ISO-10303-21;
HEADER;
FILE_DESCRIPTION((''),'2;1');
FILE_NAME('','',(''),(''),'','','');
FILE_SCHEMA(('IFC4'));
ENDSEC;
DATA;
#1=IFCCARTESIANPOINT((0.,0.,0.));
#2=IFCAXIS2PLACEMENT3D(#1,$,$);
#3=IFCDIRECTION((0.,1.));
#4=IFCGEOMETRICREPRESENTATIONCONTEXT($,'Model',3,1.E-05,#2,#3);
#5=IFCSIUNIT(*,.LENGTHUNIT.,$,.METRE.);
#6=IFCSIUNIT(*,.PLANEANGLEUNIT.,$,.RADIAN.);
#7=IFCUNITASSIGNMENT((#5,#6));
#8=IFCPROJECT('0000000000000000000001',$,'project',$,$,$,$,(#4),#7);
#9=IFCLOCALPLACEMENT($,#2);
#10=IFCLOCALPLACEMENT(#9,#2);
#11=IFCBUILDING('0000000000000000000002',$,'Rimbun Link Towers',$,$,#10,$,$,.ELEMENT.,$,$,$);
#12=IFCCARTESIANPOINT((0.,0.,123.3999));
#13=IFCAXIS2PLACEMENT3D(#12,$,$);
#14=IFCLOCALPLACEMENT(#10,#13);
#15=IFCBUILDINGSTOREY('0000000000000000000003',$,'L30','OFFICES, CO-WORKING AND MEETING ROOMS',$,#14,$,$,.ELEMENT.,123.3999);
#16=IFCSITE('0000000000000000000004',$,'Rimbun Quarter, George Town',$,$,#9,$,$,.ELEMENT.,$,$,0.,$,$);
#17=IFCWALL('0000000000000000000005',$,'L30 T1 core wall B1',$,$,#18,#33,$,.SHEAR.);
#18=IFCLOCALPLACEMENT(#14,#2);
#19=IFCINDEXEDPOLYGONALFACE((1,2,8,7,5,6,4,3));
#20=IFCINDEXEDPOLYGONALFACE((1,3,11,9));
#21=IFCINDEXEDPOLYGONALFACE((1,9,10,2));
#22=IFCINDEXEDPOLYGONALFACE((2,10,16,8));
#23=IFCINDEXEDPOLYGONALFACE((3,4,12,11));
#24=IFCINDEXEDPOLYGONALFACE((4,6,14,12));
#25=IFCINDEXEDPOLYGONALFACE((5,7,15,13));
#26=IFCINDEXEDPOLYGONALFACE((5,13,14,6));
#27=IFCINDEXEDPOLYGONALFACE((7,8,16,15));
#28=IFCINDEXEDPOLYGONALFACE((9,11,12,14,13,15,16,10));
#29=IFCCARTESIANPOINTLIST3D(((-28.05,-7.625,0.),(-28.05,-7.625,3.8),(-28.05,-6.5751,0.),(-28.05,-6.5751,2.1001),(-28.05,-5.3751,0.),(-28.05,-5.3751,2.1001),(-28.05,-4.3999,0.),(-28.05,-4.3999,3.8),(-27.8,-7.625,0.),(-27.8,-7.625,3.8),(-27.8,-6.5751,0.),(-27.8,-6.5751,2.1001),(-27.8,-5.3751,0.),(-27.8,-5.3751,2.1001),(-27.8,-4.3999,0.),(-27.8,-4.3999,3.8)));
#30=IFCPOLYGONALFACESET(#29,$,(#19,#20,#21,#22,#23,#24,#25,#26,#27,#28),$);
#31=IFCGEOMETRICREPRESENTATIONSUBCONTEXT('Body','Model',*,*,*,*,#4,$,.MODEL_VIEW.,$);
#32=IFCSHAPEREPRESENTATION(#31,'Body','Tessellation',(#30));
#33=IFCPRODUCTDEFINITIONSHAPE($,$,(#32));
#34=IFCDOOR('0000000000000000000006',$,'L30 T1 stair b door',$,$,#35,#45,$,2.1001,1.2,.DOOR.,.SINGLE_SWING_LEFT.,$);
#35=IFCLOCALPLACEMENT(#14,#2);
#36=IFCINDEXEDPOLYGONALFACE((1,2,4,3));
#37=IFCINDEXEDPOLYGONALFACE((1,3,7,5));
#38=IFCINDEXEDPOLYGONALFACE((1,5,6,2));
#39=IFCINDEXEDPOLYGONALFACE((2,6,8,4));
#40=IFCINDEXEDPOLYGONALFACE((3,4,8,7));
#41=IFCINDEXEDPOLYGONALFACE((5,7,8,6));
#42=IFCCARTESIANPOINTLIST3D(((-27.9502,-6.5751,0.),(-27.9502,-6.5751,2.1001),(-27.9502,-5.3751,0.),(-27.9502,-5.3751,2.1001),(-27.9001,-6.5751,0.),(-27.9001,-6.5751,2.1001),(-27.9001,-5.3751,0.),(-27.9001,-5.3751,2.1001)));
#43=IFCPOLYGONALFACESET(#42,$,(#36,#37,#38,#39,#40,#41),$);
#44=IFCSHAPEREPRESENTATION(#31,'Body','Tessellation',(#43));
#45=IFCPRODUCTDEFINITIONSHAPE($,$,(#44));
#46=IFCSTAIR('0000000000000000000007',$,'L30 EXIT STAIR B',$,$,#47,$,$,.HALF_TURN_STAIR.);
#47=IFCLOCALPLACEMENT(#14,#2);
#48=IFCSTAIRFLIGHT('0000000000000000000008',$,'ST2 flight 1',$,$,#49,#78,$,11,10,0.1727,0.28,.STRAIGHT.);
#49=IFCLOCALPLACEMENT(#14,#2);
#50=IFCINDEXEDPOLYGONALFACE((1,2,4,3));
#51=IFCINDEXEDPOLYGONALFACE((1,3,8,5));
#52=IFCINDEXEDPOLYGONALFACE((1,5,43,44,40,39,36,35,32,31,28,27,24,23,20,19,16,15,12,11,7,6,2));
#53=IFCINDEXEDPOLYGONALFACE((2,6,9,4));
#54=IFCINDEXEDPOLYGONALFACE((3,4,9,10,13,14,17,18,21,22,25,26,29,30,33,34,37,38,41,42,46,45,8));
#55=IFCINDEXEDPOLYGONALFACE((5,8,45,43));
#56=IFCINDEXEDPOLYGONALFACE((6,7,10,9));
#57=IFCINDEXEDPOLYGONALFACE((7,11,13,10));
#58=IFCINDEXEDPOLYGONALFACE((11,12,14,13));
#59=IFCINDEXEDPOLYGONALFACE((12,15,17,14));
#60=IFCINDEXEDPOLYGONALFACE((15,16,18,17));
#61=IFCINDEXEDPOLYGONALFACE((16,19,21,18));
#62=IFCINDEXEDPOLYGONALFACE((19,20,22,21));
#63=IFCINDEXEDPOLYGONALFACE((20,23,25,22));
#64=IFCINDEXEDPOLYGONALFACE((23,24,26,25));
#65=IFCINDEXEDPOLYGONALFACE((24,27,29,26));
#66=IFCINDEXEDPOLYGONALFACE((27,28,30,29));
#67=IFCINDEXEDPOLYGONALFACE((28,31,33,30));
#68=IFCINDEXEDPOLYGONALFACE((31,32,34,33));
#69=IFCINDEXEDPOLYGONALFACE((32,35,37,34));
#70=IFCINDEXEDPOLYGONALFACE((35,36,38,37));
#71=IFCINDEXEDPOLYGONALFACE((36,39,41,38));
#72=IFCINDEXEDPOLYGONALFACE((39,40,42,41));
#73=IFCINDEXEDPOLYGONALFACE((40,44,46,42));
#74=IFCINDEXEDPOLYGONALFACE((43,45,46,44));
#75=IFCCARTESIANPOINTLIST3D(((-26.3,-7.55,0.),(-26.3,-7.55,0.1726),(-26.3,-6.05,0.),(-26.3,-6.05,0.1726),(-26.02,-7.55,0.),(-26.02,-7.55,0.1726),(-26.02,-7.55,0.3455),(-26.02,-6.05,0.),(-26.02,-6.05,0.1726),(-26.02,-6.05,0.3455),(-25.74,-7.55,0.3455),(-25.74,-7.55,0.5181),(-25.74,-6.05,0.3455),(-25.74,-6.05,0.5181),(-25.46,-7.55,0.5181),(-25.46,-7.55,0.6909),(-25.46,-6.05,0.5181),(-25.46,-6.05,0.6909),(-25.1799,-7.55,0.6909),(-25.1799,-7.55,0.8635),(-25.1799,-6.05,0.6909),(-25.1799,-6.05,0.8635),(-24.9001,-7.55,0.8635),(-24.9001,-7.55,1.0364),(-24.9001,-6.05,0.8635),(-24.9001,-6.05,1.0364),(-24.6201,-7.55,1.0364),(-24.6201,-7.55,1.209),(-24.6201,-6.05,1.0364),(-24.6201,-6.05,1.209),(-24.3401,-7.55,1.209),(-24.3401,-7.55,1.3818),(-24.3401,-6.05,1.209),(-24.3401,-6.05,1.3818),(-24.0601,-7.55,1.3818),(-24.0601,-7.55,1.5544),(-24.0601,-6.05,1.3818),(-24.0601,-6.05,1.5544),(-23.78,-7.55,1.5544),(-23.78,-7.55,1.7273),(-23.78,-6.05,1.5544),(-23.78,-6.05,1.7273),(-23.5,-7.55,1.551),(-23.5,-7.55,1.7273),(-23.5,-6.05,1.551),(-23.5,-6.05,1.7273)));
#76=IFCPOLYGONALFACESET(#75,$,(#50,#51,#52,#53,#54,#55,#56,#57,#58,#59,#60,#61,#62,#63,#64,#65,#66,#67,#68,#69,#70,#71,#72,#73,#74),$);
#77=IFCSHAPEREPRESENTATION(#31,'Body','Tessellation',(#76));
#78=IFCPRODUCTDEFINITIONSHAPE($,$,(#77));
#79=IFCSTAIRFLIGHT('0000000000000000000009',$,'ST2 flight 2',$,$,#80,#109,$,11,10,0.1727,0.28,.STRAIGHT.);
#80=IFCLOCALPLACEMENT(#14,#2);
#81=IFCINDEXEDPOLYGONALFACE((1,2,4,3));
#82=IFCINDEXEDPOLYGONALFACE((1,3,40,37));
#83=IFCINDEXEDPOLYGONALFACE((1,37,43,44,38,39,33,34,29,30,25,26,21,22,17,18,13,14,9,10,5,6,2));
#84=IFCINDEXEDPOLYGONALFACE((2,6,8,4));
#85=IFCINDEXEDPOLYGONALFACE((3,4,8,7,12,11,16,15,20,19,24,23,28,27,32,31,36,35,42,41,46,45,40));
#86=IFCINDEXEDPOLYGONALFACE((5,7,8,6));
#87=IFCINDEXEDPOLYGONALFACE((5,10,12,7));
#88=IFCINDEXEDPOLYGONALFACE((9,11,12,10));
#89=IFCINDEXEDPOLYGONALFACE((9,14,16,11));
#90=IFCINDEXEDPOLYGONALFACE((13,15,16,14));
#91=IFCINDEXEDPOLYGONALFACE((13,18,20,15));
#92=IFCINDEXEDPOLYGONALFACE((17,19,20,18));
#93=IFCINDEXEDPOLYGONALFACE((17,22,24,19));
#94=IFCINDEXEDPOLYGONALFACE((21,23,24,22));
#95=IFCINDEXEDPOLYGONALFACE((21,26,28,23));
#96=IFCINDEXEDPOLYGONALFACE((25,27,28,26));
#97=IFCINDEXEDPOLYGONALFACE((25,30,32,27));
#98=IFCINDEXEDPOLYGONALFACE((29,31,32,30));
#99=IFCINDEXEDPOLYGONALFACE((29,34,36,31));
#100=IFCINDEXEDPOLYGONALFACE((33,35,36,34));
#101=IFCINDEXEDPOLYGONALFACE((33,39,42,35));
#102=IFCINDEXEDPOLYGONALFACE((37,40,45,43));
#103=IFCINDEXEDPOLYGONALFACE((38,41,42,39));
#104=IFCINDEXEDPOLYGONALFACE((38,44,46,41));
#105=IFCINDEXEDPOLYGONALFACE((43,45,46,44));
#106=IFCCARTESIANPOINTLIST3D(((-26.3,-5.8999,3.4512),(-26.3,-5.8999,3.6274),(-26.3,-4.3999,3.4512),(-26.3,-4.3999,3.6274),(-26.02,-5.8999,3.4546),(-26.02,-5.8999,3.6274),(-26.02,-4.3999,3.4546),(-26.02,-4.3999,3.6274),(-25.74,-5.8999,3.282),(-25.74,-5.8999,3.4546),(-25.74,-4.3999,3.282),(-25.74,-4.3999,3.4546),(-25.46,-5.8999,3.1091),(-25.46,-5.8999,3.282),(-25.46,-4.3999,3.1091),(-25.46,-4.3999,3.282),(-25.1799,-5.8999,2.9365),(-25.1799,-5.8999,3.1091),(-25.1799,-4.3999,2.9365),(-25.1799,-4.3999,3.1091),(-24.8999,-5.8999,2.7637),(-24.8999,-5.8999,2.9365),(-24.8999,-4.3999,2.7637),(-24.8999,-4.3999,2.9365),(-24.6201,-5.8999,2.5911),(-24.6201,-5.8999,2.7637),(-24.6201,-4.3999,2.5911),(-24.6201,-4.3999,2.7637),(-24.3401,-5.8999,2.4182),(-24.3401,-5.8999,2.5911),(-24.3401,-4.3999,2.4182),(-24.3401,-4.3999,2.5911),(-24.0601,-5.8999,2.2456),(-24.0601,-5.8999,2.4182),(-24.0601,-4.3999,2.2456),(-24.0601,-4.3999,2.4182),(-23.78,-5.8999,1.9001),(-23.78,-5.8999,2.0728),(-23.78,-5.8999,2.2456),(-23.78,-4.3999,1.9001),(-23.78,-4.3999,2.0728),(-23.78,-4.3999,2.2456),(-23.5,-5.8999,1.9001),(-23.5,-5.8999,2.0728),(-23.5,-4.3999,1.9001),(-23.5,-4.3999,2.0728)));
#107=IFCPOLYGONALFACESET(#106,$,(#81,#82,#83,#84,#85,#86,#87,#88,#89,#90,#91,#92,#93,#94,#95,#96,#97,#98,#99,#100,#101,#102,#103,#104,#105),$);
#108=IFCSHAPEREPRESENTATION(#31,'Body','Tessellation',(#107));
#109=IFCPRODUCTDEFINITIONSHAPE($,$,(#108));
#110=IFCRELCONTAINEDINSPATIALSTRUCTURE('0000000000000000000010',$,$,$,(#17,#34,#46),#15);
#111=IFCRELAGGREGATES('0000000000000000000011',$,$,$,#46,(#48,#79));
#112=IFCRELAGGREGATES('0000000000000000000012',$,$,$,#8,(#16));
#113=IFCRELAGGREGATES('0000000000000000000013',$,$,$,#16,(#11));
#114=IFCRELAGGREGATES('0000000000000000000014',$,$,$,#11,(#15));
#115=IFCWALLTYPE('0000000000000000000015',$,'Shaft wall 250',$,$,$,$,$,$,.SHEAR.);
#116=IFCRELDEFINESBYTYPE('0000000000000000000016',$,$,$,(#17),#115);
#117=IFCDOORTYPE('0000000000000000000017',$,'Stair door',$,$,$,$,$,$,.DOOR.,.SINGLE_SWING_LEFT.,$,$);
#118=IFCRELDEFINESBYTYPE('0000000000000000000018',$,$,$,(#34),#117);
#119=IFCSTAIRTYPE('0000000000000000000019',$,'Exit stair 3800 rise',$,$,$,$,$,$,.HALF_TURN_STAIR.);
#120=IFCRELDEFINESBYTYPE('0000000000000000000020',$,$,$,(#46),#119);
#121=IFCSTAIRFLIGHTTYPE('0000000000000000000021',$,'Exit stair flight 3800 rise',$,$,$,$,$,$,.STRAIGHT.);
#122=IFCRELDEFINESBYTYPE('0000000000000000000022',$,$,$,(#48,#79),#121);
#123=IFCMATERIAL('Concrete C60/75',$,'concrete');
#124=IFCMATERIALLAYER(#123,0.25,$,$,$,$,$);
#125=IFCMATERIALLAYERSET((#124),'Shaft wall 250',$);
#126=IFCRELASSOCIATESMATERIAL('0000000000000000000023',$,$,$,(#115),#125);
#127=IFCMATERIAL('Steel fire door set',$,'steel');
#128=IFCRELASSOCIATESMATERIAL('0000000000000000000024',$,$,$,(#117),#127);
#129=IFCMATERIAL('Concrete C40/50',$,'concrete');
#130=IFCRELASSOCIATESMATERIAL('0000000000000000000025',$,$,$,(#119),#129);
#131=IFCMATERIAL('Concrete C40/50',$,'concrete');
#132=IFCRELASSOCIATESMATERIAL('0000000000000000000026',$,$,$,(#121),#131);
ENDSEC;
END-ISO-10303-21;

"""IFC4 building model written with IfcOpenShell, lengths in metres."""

from ifc_helpers import new_model, si_unit, direction, frame, frame_2d, origin, place, context, subcontext, project, spatial, polyline, rectangle, outline, extrude, material, layer, layer_set, type_object, element, fill, aggregate, save


model = new_model("IFC4")

# Units and contexts
model_context = context("Model", 3, precision=1e-05, world=origin(), true_north=direction((0.0, 1.0)))
body_context = subcontext(model_context, "Body", "Model", "MODEL_VIEW")
ifc_project = project(units=[si_unit("LENGTHUNIT", "METRE"), si_unit("PLANEANGLEUNIT", "RADIAN")], contexts=[model_context])

# Site, building, storey
site_placement = place(None, origin())
site = spatial("IfcSite", under=ifc_project, at=site_placement, Name="Rimbun Quarter, George Town", CompositionType="ELEMENT", RefElevation=0.0)
building_placement = place(site_placement, origin())
building = spatial("IfcBuilding", under=site, at=building_placement, Name="Rimbun Link Towers", CompositionType="ELEMENT")
storey_placement = place(building_placement, frame((0.0, 0.0, 123.3999)))
storey = spatial("IfcBuildingStorey", under=building, at=storey_placement, Name="L30", Description="OFFICES, CO-WORKING AND MEETING ROOMS", CompositionType="ELEMENT", Elevation=123.3999)

# Shared definitions
ifc_material_1 = material(Name="Concrete C60/75", Category="concrete")
ifc_layer_1 = layer(ifc_material_1, 0.25)
ifc_layer_set_1 = layer_set([ifc_layer_1], Name="Shaft wall 250")
wall_type_1 = type_object("IfcWallType", Name="Shaft wall 250", PredefinedType="SHEAR", material=ifc_layer_set_1)

# Wall, opening, door
wall_1_placement = place(storey_placement, frame((-27.925, -4.3999, 0.0), z_axis=(0.0, 0.0, 1.0), x_axis=(0.0, -1.0, 0.0)))
wall_1 = element("IfcWall", 1, at=wall_1_placement, inside=storey, type_object=wall_type_1, Name="L30 T1 core wall B1", PredefinedType="SHEAR", context=body_context, shape_type="SweptSolid", body=[
    extrude(rectangle(XDim=3.2251, YDim=0.25, at=frame_2d((1.6125, 0.0))), origin(), (0.0, 0.0, 1.0), 3.8),
])
opening_1_placement = place(wall_1_placement, frame((0.9751, 0.0, 0.0)))
opening_1 = element("IfcOpeningElement", 2, at=opening_1_placement, cuts=wall_1, PredefinedType="OPENING", context=body_context, shape_type="SweptSolid", body=[
    extrude(rectangle(XDim=1.2, YDim=2.1001, at=frame_2d((0.6001, 1.05))), frame((0.0, 0.135, 0.0), z_axis=(0.0, -1.0, 0.0), x_axis=(1.0, 0.0, 0.0)), (0.0, 0.0, 1.0), 0.27),
])
ifc_material_2 = material(Name="Steel fire door set", Category="steel")
door_type_1 = type_object("IfcDoorType", Name="Stair door", OperationType="SINGLE_SWING_LEFT", PredefinedType="DOOR", material=ifc_material_2)
door_1_placement = place(opening_1_placement, origin())
door_1 = element("IfcDoor", 3, at=door_1_placement, inside=storey, type_object=door_type_1, Name="L30 T1 stair b door", OperationType="SINGLE_SWING_LEFT", OverallHeight=2.1001, OverallWidth=1.2, PredefinedType="DOOR", context=body_context, shape_type="SweptSolid", body=[
    extrude(rectangle(XDim=1.2, YDim=2.1001, at=frame_2d((0.6001, 1.05))), frame((0.0, 0.0249, 0.0), z_axis=(0.0, -1.0, 0.0), x_axis=(1.0, 0.0, 0.0)), (0.0, 0.0, 1.0), 0.05),
])
fill(opening_1, door_1)

# Stair, stair flights
ifc_material_3 = material(Name="Concrete C40/50", Category="concrete")
stair_type = type_object("IfcStairType", Name="Exit stair 3800 rise", PredefinedType="HALF_TURN_STAIR", material=ifc_material_3)
stair_placement = place(storey_placement, origin())
stair = element("IfcStair", 4, at=stair_placement, inside=storey, type_object=stair_type, Name="L30 EXIT STAIR B", PredefinedType="HALF_TURN_STAIR")
ifc_material_4 = material(Name="Concrete C40/50", Category="concrete")
stair_flight_type = type_object("IfcStairFlightType", Name="Exit stair flight 3800 rise", PredefinedType="STRAIGHT", material=ifc_material_4)
stair_flight_1_placement = place(storey_placement, frame((-26.3, -6.8, 0.0), z_axis=(0.0, 0.0, 1.0), x_axis=(1.0, 0.0, 0.0)))
stair_flight_1 = element("IfcStairFlight", 5, at=stair_flight_1_placement, type_object=stair_flight_type, Name="ST2 flight 1", NumberOfRisers=11, NumberOfTreads=10, PredefinedType="STRAIGHT", RiserHeight=0.1727, TreadLength=0.28, context=body_context, shape_type="SweptSolid", body=[
    extrude(outline(polyline([(0.0, 0.0), (0.0, 0.1726), (0.28, 0.1726), (0.28, 0.3455), (0.5601, 0.3455), (0.5601, 0.5181), (0.8401, 0.5181), (0.8401, 0.6909), (1.1201, 0.6909), (1.1201, 0.8635), (1.3999, 0.8635), (1.3999, 1.0364), (1.6799, 1.0364), (1.6799, 1.209), (1.96, 1.209), (1.96, 1.3818), (2.24, 1.3818), (2.24, 1.5544), (2.52, 1.5544), (2.52, 1.7273), (2.8, 1.7273), (2.8, 1.8999), (2.8, 1.551), (0.28, 0.0), (0.0, 0.0)])), frame((0.0, 0.75, 0.0), z_axis=(0.0, -1.0, 0.0), x_axis=(1.0, 0.0, 0.0)), (0.0, 0.0, 1.0), 1.5),
])
stair_flight_2_placement = place(storey_placement, frame((-23.5, -5.1499, 1.9001), z_axis=(0.0, 0.0, 1.0), x_axis=(-1.0, 0.0, 0.0)))
stair_flight_2 = element("IfcStairFlight", 6, at=stair_flight_2_placement, type_object=stair_flight_type, Name="ST2 flight 2", NumberOfRisers=11, NumberOfTreads=10, PredefinedType="STRAIGHT", RiserHeight=0.1727, TreadLength=0.28, context=body_context, shape_type="SweptSolid", body=[
    extrude(outline(polyline([(0.0, 0.0), (0.0, 0.1726), (0.28, 0.1726), (0.28, 0.3455), (0.5601, 0.3455), (0.5601, 0.5181), (0.8401, 0.5181), (0.8401, 0.6909), (1.1201, 0.6909), (1.1201, 0.8635), (1.3999, 0.8635), (1.3999, 1.0364), (1.6799, 1.0364), (1.6799, 1.209), (1.96, 1.209), (1.96, 1.3818), (2.24, 1.3818), (2.24, 1.5544), (2.52, 1.5544), (2.52, 1.7273), (2.8, 1.7273), (2.8, 1.8999), (2.8, 1.551), (0.28, 0.0), (0.0, 0.0)])), frame((0.0, 0.75, 0.0), z_axis=(0.0, -1.0, 0.0), x_axis=(1.0, 0.0, 0.0)), (0.0, 0.0, 1.0), 1.5),
])
aggregate(stair, [stair_flight_1, stair_flight_2])

save(model, "model.ifc")
